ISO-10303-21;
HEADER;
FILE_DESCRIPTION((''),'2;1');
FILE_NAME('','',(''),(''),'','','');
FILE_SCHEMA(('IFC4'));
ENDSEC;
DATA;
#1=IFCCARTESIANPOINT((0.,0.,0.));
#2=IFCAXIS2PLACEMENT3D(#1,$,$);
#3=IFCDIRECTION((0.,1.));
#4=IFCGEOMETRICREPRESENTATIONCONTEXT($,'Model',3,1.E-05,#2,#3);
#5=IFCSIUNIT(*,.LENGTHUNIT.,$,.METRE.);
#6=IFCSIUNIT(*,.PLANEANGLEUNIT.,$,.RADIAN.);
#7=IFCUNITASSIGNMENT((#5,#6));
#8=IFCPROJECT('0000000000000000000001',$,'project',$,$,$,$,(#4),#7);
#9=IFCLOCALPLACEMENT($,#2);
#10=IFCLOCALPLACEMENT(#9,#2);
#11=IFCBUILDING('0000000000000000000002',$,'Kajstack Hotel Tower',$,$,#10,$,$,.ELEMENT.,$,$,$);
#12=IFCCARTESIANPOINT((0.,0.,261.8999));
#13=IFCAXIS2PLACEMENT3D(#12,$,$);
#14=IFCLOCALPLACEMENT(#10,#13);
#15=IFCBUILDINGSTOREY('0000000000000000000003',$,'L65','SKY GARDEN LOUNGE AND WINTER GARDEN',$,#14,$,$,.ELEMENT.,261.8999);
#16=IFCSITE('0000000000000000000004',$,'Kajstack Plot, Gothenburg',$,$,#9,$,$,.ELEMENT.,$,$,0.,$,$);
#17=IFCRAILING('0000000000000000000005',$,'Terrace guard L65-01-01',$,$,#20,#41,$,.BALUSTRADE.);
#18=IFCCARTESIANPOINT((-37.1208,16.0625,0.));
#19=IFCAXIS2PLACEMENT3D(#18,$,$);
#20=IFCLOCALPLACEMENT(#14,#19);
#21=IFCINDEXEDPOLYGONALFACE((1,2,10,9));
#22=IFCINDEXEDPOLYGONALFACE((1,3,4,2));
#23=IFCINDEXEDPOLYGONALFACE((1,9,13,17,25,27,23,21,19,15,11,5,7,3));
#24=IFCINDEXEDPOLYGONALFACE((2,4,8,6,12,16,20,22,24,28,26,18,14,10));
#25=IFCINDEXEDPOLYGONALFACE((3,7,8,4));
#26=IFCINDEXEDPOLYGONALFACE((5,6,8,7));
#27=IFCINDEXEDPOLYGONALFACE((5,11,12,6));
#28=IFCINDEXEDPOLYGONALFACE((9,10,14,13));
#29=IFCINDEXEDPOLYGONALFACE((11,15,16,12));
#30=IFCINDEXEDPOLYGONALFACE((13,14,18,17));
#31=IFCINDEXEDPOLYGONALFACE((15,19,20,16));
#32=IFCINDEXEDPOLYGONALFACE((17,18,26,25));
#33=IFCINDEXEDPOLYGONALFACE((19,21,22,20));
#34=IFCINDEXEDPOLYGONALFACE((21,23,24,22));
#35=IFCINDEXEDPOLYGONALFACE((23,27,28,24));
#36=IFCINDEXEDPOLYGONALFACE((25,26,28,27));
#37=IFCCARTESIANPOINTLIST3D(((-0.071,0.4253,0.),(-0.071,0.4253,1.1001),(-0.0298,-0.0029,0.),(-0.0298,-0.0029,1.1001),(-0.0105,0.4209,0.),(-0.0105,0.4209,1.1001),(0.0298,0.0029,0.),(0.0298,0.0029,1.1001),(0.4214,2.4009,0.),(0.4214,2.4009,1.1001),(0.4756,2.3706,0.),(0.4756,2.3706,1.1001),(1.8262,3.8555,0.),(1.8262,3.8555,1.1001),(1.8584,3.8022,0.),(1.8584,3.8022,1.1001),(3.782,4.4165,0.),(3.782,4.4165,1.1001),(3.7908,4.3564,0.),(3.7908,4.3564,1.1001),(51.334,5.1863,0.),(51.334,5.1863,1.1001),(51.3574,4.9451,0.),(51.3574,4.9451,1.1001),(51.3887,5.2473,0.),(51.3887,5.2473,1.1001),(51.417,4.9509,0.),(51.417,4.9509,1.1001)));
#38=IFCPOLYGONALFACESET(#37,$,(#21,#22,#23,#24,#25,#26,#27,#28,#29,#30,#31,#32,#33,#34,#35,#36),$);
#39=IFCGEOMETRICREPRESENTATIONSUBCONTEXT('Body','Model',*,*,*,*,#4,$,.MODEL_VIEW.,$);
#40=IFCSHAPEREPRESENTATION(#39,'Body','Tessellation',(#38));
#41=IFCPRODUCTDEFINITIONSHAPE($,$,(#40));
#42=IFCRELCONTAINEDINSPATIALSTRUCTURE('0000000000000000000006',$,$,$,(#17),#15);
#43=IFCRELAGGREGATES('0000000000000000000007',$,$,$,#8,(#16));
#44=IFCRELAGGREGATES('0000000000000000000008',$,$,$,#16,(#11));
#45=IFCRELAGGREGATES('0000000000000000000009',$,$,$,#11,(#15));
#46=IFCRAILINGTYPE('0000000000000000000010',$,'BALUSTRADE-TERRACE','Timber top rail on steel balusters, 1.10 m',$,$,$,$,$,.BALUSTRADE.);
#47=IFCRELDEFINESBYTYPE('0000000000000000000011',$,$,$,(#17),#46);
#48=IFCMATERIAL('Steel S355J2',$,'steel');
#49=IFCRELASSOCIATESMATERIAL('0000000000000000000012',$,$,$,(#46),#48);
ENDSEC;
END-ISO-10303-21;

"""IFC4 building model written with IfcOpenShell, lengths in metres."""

from ifc_helpers import new_model, si_unit, direction, frame, origin, place, context, subcontext, project, spatial, polyline, outline, extrude, material, type_object, element, save


model = new_model("IFC4")

# Units and contexts
model_context = context("Model", 3, precision=1e-05, world=origin(), true_north=direction((0.0, 1.0)))
body_context = subcontext(model_context, "Body", "Model", "MODEL_VIEW")
ifc_project = project(units=[si_unit("LENGTHUNIT", "METRE"), si_unit("PLANEANGLEUNIT", "RADIAN")], contexts=[model_context])

# Site, building, storey
site_placement = place(None, origin())
site = spatial("IfcSite", under=ifc_project, at=site_placement, Name="Kajstack Plot, Gothenburg", CompositionType="ELEMENT", RefElevation=0.0)
building_placement = place(site_placement, origin())
building = spatial("IfcBuilding", under=site, at=building_placement, Name="Kajstack Hotel Tower", CompositionType="ELEMENT")
storey_placement = place(building_placement, frame((0.0, 0.0, 261.8999)))
storey = spatial("IfcBuildingStorey", under=building, at=storey_placement, Name="L65", Description="SKY GARDEN LOUNGE AND WINTER GARDEN", CompositionType="ELEMENT", Elevation=261.8999)

# Railing
ifc_material_1 = material(Name="Steel S355J2", Category="steel")
railing_type = type_object("IfcRailingType", Name="BALUSTRADE-TERRACE", Description="Timber top rail on steel balusters, 1.10 m", PredefinedType="BALUSTRADE", material=ifc_material_1)
railing_placement = place(storey_placement, frame((-37.1208, 16.0625, 0.0)))
element("IfcRailing", 1, at=railing_placement, inside=storey, type_object=railing_type, Name="Terrace guard L65-01-01", PredefinedType="BALUSTRADE", context=body_context, shape_type="SweptSolid", body=[
    extrude(outline(polyline([(-0.071, 0.4253), (0.4214, 2.4009), (1.8262, 3.8555), (3.782, 4.4165), (51.3887, 5.2473), (51.417, 4.9509), (51.3574, 4.9451), (51.334, 5.1863), (3.7908, 4.3564), (1.8584, 3.8022), (0.4756, 2.3706), (-0.0105, 0.4209), (0.0298, 0.0029), (-0.0298, -0.0029), (-0.071, 0.4253)])), origin(), (0.0, 0.0, 1.0), 1.1001),
])

save(model, "model.ifc")
